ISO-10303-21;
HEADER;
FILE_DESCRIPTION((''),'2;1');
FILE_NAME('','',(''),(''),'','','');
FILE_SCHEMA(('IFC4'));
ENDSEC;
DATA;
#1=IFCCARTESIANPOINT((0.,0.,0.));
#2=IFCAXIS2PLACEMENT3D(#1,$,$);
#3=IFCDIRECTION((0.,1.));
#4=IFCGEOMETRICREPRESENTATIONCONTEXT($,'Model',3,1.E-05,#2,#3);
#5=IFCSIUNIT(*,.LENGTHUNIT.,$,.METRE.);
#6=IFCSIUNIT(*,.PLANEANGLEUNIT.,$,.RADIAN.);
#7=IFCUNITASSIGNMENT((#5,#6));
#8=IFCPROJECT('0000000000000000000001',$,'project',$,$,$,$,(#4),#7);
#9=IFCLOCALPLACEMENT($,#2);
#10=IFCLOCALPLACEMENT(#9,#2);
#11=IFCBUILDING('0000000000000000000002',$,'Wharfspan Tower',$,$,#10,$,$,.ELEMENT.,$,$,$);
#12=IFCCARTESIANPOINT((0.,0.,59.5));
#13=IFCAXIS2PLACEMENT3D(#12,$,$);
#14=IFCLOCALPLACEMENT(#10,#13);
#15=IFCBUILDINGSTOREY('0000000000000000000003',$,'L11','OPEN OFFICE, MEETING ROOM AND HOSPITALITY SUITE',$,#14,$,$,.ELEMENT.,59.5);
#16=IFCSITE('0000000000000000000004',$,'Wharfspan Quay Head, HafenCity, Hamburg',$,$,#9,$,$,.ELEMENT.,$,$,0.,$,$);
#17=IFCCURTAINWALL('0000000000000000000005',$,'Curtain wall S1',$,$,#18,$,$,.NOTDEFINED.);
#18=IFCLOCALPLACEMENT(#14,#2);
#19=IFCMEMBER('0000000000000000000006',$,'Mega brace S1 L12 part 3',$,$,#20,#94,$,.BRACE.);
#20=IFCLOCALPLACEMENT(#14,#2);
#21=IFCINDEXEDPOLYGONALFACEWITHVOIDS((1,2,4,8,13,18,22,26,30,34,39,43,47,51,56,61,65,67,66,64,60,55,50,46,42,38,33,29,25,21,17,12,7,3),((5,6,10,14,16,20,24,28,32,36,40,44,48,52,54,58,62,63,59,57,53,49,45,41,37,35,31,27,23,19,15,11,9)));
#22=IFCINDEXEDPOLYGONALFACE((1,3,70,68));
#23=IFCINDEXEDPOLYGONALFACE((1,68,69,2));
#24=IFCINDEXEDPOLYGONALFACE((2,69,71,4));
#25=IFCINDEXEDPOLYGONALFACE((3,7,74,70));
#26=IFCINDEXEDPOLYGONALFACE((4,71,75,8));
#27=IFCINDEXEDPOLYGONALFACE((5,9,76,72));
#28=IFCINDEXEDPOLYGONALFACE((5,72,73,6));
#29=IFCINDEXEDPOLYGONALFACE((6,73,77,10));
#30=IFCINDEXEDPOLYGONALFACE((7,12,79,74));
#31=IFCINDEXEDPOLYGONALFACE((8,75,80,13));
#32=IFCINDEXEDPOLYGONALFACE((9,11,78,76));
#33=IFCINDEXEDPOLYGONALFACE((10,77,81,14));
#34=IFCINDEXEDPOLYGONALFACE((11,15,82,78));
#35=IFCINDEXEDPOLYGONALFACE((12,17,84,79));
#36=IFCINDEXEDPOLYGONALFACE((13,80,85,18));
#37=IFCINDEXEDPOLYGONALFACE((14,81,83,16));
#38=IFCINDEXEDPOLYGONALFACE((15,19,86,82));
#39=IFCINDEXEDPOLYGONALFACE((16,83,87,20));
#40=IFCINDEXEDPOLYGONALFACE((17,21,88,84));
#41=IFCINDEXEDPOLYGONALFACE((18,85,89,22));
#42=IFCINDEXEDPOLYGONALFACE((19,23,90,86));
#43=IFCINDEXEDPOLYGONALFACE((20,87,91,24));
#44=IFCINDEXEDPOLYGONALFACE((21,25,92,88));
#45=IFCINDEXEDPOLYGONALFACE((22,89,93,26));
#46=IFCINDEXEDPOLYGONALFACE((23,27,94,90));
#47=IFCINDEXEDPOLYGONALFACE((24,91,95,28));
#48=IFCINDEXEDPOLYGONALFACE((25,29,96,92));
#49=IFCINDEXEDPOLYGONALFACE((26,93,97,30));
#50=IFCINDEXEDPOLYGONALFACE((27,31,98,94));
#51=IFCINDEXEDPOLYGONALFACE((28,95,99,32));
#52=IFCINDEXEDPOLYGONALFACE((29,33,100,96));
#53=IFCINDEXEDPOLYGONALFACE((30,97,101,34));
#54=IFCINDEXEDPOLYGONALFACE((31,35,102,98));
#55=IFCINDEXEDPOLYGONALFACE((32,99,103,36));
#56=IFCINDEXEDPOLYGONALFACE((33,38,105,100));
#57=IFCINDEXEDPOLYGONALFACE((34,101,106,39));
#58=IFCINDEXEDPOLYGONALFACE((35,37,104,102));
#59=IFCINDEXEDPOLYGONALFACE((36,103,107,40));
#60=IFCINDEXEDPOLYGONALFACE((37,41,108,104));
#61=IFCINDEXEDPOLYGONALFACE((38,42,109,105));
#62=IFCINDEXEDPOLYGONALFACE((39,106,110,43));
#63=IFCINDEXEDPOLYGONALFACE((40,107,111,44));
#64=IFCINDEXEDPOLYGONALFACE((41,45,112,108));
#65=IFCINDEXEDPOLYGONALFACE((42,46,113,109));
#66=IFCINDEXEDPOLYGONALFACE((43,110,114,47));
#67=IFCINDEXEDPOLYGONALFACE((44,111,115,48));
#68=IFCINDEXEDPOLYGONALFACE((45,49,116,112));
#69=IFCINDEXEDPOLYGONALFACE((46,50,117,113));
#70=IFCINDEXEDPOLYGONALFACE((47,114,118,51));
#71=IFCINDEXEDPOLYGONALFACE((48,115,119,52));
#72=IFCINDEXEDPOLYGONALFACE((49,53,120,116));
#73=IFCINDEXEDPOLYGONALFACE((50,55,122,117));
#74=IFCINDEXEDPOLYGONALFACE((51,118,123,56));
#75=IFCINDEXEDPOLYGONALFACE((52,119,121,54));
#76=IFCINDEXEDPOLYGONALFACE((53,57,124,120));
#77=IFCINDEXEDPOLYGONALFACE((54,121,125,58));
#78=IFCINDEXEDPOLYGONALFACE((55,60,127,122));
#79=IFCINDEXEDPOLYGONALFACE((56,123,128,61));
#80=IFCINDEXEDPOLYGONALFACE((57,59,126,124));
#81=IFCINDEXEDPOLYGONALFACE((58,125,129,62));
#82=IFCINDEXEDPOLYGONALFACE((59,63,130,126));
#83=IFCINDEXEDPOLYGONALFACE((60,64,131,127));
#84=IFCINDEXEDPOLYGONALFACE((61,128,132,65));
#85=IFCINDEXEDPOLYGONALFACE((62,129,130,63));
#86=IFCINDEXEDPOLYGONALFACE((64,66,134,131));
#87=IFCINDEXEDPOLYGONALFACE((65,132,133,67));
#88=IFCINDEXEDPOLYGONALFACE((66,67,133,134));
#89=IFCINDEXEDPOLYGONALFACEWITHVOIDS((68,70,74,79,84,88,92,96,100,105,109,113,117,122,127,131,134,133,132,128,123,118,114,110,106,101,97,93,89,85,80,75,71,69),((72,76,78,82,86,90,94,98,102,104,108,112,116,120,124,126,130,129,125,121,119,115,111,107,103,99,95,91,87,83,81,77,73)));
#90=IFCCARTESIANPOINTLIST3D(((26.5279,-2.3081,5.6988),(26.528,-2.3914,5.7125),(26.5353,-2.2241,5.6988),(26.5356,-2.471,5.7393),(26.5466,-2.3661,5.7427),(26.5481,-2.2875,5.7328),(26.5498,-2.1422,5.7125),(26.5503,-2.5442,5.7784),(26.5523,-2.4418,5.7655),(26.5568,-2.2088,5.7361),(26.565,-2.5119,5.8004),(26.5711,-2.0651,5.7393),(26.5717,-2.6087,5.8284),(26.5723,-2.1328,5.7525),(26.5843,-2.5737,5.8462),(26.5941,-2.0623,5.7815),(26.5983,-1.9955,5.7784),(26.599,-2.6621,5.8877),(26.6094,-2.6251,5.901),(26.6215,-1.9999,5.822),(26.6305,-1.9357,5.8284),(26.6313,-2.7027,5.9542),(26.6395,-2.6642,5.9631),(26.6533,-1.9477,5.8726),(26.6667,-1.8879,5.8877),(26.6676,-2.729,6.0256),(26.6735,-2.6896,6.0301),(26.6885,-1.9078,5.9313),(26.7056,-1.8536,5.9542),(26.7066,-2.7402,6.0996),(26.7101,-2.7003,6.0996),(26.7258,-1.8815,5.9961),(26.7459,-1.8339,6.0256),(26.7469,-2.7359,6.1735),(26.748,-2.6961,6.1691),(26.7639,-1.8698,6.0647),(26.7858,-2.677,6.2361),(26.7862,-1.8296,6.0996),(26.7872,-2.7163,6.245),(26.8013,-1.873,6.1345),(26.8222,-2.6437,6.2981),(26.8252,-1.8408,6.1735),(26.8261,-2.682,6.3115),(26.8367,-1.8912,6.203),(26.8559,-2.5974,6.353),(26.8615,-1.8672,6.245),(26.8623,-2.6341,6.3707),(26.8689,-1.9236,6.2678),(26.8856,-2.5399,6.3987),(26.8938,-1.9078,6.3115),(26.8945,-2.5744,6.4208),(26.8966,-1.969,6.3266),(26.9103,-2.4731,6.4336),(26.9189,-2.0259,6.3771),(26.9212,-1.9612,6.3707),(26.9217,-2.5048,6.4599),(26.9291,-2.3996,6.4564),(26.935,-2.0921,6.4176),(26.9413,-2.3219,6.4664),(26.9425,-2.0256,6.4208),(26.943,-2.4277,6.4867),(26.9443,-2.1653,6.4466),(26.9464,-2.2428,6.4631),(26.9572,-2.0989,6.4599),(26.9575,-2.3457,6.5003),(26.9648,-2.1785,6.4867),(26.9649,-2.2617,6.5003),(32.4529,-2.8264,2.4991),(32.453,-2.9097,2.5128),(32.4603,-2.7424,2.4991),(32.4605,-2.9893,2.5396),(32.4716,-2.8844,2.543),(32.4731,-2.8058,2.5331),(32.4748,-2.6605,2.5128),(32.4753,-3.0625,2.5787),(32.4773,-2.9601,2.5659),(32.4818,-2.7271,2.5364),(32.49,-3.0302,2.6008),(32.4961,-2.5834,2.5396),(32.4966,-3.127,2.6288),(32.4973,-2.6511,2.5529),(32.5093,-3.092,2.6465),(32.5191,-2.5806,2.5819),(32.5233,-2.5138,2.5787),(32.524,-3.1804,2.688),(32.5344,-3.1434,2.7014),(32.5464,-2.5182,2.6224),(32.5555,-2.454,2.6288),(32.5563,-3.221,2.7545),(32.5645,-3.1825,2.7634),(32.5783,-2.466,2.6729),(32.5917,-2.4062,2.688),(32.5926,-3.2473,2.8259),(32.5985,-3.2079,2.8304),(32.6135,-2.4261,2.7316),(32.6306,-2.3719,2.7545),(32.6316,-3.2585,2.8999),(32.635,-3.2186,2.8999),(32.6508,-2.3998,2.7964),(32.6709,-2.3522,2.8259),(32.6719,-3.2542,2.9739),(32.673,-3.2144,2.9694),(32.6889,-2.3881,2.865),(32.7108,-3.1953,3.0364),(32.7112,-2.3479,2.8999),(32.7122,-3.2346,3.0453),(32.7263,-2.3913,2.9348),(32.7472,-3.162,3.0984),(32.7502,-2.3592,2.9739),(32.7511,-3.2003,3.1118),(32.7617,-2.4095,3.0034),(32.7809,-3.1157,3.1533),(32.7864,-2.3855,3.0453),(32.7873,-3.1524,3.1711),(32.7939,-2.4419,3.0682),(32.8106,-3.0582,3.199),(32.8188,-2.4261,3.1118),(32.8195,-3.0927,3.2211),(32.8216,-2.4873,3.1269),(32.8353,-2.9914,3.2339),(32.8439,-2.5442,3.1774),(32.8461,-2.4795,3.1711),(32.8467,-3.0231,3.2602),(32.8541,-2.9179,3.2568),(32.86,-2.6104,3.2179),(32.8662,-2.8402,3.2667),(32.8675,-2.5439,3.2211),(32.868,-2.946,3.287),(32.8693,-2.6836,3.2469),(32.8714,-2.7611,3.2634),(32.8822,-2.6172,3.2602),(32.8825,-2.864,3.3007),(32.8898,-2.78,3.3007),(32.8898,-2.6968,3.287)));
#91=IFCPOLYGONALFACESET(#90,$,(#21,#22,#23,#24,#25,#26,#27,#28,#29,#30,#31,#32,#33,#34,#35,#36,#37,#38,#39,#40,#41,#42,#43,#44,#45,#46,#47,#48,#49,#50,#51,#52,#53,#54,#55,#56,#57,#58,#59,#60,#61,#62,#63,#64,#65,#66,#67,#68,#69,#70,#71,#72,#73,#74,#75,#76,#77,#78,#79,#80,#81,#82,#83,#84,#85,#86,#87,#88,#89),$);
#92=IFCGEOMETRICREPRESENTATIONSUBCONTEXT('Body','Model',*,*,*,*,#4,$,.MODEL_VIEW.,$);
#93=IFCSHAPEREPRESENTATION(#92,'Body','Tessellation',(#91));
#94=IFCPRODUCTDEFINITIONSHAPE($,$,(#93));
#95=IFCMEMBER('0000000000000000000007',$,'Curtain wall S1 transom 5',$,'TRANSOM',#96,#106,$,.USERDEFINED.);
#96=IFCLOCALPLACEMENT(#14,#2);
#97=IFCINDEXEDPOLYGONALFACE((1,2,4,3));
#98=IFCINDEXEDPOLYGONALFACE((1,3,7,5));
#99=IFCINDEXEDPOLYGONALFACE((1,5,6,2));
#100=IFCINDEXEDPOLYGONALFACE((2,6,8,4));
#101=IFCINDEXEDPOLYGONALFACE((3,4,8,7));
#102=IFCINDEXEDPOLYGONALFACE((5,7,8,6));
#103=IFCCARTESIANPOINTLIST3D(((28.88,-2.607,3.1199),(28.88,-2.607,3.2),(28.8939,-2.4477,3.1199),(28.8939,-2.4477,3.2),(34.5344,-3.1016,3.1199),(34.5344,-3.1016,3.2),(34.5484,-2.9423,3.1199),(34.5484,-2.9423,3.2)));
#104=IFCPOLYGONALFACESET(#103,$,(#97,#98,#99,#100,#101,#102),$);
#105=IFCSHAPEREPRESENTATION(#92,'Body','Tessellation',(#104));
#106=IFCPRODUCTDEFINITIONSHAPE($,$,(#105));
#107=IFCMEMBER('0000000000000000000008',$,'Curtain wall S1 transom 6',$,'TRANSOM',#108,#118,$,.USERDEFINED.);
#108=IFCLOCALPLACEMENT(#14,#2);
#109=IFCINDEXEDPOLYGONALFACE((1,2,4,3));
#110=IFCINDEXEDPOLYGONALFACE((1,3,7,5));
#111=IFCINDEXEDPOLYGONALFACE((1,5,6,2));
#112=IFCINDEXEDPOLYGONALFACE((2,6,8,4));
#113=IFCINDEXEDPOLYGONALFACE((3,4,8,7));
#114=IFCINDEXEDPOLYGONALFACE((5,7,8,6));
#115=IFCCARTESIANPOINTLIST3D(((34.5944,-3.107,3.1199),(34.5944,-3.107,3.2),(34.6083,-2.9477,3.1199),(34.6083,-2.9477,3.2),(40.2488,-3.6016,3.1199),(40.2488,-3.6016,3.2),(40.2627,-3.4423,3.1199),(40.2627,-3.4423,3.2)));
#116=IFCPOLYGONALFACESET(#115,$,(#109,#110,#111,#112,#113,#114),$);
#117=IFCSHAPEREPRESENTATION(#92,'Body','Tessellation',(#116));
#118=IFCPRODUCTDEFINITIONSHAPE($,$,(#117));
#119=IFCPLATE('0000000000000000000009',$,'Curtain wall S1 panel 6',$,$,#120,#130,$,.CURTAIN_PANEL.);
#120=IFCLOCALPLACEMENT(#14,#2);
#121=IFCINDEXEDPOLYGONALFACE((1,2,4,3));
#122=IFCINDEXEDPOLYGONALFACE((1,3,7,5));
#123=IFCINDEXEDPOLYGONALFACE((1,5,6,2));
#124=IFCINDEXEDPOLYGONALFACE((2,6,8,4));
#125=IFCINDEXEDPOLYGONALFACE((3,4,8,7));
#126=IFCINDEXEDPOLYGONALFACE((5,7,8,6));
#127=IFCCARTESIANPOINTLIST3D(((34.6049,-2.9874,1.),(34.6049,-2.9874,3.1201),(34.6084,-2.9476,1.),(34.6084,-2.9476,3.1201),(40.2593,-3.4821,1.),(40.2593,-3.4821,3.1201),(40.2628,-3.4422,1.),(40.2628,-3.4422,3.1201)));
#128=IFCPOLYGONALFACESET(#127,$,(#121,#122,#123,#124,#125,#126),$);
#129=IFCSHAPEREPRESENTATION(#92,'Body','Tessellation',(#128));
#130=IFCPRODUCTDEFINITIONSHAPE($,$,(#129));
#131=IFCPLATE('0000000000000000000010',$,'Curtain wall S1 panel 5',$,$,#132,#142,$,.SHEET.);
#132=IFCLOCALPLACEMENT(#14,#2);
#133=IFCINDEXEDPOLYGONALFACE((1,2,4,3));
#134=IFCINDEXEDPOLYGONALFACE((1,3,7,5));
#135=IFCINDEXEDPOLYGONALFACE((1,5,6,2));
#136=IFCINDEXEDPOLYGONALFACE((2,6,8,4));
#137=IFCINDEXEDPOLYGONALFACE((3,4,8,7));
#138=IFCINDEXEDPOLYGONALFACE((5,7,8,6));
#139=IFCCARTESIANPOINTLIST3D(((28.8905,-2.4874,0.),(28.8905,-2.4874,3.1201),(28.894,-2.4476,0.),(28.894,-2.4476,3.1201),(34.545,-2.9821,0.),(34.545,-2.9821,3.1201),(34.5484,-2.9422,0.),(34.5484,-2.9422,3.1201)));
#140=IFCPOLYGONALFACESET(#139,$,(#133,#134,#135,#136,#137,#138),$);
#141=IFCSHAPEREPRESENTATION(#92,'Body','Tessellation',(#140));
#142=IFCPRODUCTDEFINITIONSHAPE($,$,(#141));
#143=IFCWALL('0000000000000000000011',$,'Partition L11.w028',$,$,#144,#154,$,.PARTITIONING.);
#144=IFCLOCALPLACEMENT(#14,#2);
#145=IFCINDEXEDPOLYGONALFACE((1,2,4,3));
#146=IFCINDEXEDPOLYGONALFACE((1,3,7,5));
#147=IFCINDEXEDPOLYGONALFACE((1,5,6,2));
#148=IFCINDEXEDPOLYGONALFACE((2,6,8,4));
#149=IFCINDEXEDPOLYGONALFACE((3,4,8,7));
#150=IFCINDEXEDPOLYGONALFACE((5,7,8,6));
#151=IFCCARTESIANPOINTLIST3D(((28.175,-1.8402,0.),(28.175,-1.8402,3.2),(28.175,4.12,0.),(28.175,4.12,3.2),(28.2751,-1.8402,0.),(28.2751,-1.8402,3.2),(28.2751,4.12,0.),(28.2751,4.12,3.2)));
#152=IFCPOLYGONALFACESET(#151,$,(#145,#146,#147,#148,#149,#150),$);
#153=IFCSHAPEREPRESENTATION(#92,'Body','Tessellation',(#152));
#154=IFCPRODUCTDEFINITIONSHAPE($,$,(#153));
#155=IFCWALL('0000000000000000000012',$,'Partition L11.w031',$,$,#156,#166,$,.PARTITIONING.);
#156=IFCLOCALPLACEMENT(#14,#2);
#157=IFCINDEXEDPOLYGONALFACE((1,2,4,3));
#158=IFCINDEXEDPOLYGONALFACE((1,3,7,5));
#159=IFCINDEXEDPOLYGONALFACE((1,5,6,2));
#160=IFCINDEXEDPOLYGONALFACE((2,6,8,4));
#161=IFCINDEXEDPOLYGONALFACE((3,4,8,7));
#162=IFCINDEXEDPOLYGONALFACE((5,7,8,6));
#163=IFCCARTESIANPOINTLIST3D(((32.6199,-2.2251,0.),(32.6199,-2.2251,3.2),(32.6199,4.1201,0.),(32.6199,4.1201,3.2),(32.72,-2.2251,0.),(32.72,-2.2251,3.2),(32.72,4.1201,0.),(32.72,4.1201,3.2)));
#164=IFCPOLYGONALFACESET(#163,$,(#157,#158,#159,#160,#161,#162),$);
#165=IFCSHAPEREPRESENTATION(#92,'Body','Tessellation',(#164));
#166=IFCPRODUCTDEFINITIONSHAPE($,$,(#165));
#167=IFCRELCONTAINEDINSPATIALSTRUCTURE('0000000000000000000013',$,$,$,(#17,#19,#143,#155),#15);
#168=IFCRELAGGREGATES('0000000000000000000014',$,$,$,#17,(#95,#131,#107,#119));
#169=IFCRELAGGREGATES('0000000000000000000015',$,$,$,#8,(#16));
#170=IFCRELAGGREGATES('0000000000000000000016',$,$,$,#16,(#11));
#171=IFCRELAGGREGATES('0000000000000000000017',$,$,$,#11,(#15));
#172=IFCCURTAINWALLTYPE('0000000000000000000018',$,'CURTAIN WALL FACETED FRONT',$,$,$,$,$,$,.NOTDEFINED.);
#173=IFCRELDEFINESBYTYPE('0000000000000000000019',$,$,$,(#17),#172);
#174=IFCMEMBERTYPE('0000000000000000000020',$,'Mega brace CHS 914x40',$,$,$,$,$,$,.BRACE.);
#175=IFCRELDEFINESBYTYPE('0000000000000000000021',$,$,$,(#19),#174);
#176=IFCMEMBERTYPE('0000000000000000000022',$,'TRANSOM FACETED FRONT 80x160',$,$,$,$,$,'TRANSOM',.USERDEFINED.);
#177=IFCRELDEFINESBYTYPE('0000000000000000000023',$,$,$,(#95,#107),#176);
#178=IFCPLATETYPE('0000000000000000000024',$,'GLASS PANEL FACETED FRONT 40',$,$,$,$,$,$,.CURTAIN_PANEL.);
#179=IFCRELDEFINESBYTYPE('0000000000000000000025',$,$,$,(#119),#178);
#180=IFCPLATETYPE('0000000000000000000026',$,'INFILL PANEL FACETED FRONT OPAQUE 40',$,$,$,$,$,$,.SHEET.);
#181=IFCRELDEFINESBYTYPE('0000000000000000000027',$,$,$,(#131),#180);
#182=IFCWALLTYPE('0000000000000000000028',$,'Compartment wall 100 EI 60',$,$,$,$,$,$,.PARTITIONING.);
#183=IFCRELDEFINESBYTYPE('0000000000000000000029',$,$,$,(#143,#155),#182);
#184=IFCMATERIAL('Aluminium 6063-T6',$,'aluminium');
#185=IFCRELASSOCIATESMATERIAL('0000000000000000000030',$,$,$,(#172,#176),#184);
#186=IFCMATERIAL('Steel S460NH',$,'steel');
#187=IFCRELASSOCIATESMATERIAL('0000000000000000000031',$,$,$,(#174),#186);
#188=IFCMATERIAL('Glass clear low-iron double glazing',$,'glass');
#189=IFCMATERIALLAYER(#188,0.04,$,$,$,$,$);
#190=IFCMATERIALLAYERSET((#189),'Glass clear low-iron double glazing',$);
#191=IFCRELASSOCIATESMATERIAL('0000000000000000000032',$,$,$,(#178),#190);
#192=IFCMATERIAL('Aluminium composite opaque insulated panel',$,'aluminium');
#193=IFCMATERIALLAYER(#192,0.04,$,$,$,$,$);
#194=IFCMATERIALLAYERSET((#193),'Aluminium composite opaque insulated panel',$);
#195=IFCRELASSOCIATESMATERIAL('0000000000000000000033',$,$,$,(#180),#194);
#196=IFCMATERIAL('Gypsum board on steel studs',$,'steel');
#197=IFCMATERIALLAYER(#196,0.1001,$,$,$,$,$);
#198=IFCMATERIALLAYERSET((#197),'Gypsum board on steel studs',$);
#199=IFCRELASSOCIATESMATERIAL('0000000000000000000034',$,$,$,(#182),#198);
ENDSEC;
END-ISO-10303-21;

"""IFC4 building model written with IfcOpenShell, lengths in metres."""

from ifc_helpers import new_model, si_unit, direction, frame, frame_2d, origin, origin_2d, place, context, subcontext, project, spatial, rectangle, hollow_circle, extrude, material, layer, layer_set, material_profile, profile_set, type_object, element, aggregate, save


model = new_model("IFC4")

# Units and contexts
model_context = context("Model", 3, precision=1e-05, world=origin(), true_north=direction((0.0, 1.0)))
body_context = subcontext(model_context, "Body", "Model", "MODEL_VIEW")
ifc_project = project(units=[si_unit("LENGTHUNIT", "METRE"), si_unit("PLANEANGLEUNIT", "RADIAN")], contexts=[model_context])

# Site, building, storey
site_placement = place(None, origin())
site = spatial("IfcSite", under=ifc_project, at=site_placement, Name="Wharfspan Quay Head, HafenCity, Hamburg", CompositionType="ELEMENT", RefElevation=0.0)
building_placement = place(site_placement, origin())
building = spatial("IfcBuilding", under=site, at=building_placement, Name="Wharfspan Tower", CompositionType="ELEMENT")
storey_placement = place(building_placement, frame((0.0, 0.0, 59.5)))
storey = spatial("IfcBuildingStorey", under=building, at=storey_placement, Name="L11", Description="OPEN OFFICE, MEETING ROOM AND HOSPITALITY SUITE", CompositionType="ELEMENT", Elevation=59.5)

# Curtain wall
ifc_material_1 = material(Name="Aluminium 6063-T6", Category="aluminium")
curtain_wall_type = type_object("IfcCurtainWallType", Name="CURTAIN WALL FACETED FRONT", PredefinedType="NOTDEFINED", material=ifc_material_1)
curtain_wall_placement = place(storey_placement, origin())
curtain_wall = element("IfcCurtainWall", 1, at=curtain_wall_placement, inside=storey, type_object=curtain_wall_type, Name="Curtain wall S1", PredefinedType="NOTDEFINED")

# Members
ifc_material_2 = material(Name="Steel S460NH", Category="steel")
ifc_material_profile_1 = material_profile(ifc_material_2, hollow_circle(Radius=0.457, WallThickness=0.04, at=origin_2d()))
ifc_profile_set_1 = profile_set([ifc_material_profile_1], Name="Steel S460NH")
member_type_1 = type_object("IfcMemberType", Name="Mega brace CHS 914x40", PredefinedType="BRACE", material=ifc_profile_set_1)
member_1_placement = place(storey_placement, frame((32.6714, -2.8032, 2.8999), z_axis=(-0.877299, 0.076744, 0.473768), x_axis=(-0.087145, -0.996198, 0.0)))
element("IfcMember", 2, at=member_1_placement, inside=storey, type_object=member_type_1, Name="Mega brace S1 L12 part 3", PredefinedType="BRACE", context=body_context, shape_type="SweptSolid", body=[
    extrude(hollow_circle(Radius=0.457, WallThickness=0.04, at=origin_2d()), origin(), (0.0, 0.0, 1.0), 6.7537),
])
ifc_material_profile_2 = material_profile(ifc_material_1, rectangle(XDim=0.1599, YDim=0.0801, at=origin_2d()))
ifc_profile_set_2 = profile_set([ifc_material_profile_2], Name="Aluminium 6063-T6")
member_type_2 = type_object("IfcMemberType", Name="TRANSOM FACETED FRONT 80x160", ElementType="TRANSOM", PredefinedType="USERDEFINED", material=ifc_profile_set_2)
member_2_placement = place(storey_placement, frame((28.887, -2.5273, 3.1599), z_axis=(0.996196, -0.087142, 0.0), x_axis=(0.087142, 0.996196, 0.0)))
member_2 = element("IfcMember", 3, at=member_2_placement, type_object=member_type_2, Name="Curtain wall S1 transom 5", ObjectType="TRANSOM", PredefinedType="USERDEFINED", context=body_context, shape_type="SweptSolid", body=[
    extrude(rectangle(XDim=0.1599, YDim=0.0801, at=origin_2d()), origin(), (0.0, 0.0, 1.0), 5.676),
])
member_3_placement = place(storey_placement, frame((34.6013, -3.0273, 3.1599), z_axis=(0.996196, -0.087142, 0.0), x_axis=(0.087142, 0.996196, 0.0)))
member_3 = element("IfcMember", 4, at=member_3_placement, type_object=member_type_2, Name="Curtain wall S1 transom 6", ObjectType="TRANSOM", PredefinedType="USERDEFINED", context=body_context, shape_type="SweptSolid", body=[
    extrude(rectangle(XDim=0.1599, YDim=0.0801, at=origin_2d()), origin(), (0.0, 0.0, 1.0), 5.676),
])

# Plates
ifc_material_3 = material(Name="Glass clear low-iron double glazing", Category="glass")
ifc_layer_1 = layer(ifc_material_3, 0.04)
ifc_layer_set_1 = layer_set([ifc_layer_1], Name="Glass clear low-iron double glazing")
plate_type_1 = type_object("IfcPlateType", Name="GLASS PANEL FACETED FRONT 40", PredefinedType="CURTAIN_PANEL", material=ifc_layer_set_1)
plate_1_placement = place(storey_placement, frame((37.4338, -3.2148, 1.0), z_axis=(0.0, 0.0, 1.0), x_axis=(0.996197, -0.087156, 0.0)))
plate_1 = element("IfcPlate", 5, at=plate_1_placement, type_object=plate_type_1, Name="Curtain wall S1 panel 6", PredefinedType="CURTAIN_PANEL", context=body_context, shape_type="SweptSolid", body=[
    extrude(rectangle(XDim=5.676, YDim=0.04, at=origin_2d()), origin(), (0.0, 0.0, 1.0), 2.1201),
])
ifc_material_4 = material(Name="Aluminium composite opaque insulated panel", Category="aluminium")
ifc_layer_2 = layer(ifc_material_4, 0.04)
ifc_layer_set_2 = layer_set([ifc_layer_2], Name="Aluminium composite opaque insulated panel")
plate_type_2 = type_object("IfcPlateType", Name="INFILL PANEL FACETED FRONT OPAQUE 40", PredefinedType="SHEET", material=ifc_layer_set_2)
plate_2_placement = place(storey_placement, frame((31.7195, -2.7148, 0.0), z_axis=(0.0, 0.0, 1.0), x_axis=(0.996197, -0.087156, 0.0)))
plate_2 = element("IfcPlate", 6, at=plate_2_placement, type_object=plate_type_2, Name="Curtain wall S1 panel 5", PredefinedType="SHEET", context=body_context, shape_type="SweptSolid", body=[
    extrude(rectangle(XDim=5.676, YDim=0.04, at=origin_2d()), origin(), (0.0, 0.0, 1.0), 3.1201),
])
aggregate(curtain_wall, [member_2, plate_2, member_3, plate_1])

# Walls
ifc_material_5 = material(Name="Gypsum board on steel studs", Category="steel")
ifc_layer_3 = layer(ifc_material_5, 0.1001)
ifc_layer_set_3 = layer_set([ifc_layer_3], Name="Gypsum board on steel studs")
wall_type_1 = type_object("IfcWallType", Name="Compartment wall 100 EI 60", PredefinedType="PARTITIONING", material=ifc_layer_set_3)
wall_1_placement = place(storey_placement, frame((28.2251, -1.8401, 0.0), z_axis=(0.0, 0.0, 1.0), x_axis=(0.0, 1.0, 0.0)))
element("IfcWall", 7, at=wall_1_placement, inside=storey, type_object=wall_type_1, Name="Partition L11.w028", PredefinedType="PARTITIONING", context=body_context, shape_type="SweptSolid", body=[
    extrude(rectangle(XDim=5.9602, YDim=0.1001, at=frame_2d((2.98, 0.0))), origin(), (0.0, 0.0, 1.0), 3.2),
])
wall_2_placement = place(storey_placement, frame((32.6699, -2.2251, 0.0), z_axis=(0.0, 0.0, 1.0), x_axis=(0.0, 1.0, 0.0)))
element("IfcWall", 8, at=wall_2_placement, inside=storey, type_object=wall_type_1, Name="Partition L11.w031", PredefinedType="PARTITIONING", context=body_context, shape_type="SweptSolid", body=[
    extrude(rectangle(XDim=6.3452, YDim=0.1001, at=frame_2d((3.1726, 0.0))), origin(), (0.0, 0.0, 1.0), 3.2),
])

save(model, "model.ifc")
